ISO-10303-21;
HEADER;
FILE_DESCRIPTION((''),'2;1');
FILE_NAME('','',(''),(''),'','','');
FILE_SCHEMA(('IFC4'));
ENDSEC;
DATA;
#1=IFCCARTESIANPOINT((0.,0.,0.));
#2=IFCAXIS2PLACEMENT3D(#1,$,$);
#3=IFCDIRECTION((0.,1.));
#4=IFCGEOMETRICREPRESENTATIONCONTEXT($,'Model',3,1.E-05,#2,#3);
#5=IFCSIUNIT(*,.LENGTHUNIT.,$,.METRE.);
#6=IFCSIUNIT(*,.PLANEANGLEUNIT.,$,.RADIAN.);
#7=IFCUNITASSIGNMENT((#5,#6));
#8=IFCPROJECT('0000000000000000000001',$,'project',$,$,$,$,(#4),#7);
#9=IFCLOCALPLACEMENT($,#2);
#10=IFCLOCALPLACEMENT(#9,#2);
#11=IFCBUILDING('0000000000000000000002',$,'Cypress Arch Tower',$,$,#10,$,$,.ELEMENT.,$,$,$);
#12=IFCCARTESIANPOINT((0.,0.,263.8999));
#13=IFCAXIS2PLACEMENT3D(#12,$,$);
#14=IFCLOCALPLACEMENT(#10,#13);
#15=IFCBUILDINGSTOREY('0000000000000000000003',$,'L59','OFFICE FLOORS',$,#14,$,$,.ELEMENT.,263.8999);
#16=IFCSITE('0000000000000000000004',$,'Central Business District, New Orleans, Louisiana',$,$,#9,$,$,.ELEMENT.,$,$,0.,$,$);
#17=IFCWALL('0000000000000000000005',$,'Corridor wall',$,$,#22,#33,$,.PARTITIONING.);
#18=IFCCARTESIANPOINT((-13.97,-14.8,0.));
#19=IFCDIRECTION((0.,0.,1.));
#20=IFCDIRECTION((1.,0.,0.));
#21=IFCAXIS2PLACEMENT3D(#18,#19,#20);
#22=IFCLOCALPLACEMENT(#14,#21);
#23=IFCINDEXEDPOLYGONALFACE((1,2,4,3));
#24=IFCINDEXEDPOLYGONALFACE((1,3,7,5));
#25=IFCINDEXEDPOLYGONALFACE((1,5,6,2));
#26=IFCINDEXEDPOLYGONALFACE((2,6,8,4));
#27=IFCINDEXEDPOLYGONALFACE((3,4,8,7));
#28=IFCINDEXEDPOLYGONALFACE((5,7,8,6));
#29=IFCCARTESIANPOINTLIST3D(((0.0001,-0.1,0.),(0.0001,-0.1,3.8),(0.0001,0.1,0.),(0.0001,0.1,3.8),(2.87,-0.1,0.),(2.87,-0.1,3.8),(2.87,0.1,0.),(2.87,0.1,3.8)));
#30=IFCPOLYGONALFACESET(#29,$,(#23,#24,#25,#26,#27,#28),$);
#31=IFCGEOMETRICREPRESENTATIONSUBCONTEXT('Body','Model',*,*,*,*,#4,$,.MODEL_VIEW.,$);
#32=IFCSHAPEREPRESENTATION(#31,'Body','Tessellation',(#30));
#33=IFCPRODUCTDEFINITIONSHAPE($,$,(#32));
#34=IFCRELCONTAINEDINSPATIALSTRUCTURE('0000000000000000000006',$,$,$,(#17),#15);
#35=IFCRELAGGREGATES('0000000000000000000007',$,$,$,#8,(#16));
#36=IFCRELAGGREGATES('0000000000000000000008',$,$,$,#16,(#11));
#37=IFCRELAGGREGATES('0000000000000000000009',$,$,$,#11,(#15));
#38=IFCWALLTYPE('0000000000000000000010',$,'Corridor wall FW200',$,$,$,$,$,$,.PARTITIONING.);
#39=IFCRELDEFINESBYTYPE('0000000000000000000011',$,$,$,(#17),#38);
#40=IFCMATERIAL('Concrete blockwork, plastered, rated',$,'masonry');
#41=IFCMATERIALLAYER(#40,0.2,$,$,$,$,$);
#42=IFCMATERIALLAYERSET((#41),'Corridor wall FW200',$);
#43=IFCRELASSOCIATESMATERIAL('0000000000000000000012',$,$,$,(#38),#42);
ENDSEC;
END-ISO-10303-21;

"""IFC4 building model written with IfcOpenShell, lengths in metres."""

from ifc_helpers import new_model, si_unit, direction, frame, frame_2d, origin, place, context, subcontext, project, spatial, rectangle, extrude, material, layer, layer_set, type_object, element, save


model = new_model("IFC4")

# Units and contexts
model_context = context("Model", 3, precision=1e-05, world=origin(), true_north=direction((0.0, 1.0)))
body_context = subcontext(model_context, "Body", "Model", "MODEL_VIEW")
ifc_project = project(units=[si_unit("LENGTHUNIT", "METRE"), si_unit("PLANEANGLEUNIT", "RADIAN")], contexts=[model_context])

# Site, building, storey
site_placement = place(None, origin())
site = spatial("IfcSite", under=ifc_project, at=site_placement, Name="Central Business District, New Orleans, Louisiana", CompositionType="ELEMENT", RefElevation=0.0)
building_placement = place(site_placement, origin())
building = spatial("IfcBuilding", under=site, at=building_placement, Name="Cypress Arch Tower", CompositionType="ELEMENT")
storey_placement = place(building_placement, frame((0.0, 0.0, 263.8999)))
storey = spatial("IfcBuildingStorey", under=building, at=storey_placement, Name="L59", Description="OFFICE FLOORS", CompositionType="ELEMENT", Elevation=263.8999)

# Wall
ifc_material_1 = material(Name="Concrete blockwork, plastered, rated", Category="masonry")
ifc_layer_1 = layer(ifc_material_1, 0.2)
ifc_layer_set_1 = layer_set([ifc_layer_1], Name="Corridor wall FW200")
wall_type_1 = type_object("IfcWallType", Name="Corridor wall FW200", PredefinedType="PARTITIONING", material=ifc_layer_set_1)
wall_1_placement = place(storey_placement, frame((-13.97, -14.8, 0.0), z_axis=(0.0, 0.0, 1.0), x_axis=(1.0, 0.0, 0.0)))
element("IfcWall", 1, at=wall_1_placement, inside=storey, type_object=wall_type_1, Name="Corridor wall", PredefinedType="PARTITIONING", context=body_context, shape_type="SweptSolid", body=[
    extrude(rectangle(XDim=2.8699, YDim=0.2, at=frame_2d((1.4351, 0.0))), origin(), (0.0, 0.0, 1.0), 3.8),
])

save(model, "model.ifc")
